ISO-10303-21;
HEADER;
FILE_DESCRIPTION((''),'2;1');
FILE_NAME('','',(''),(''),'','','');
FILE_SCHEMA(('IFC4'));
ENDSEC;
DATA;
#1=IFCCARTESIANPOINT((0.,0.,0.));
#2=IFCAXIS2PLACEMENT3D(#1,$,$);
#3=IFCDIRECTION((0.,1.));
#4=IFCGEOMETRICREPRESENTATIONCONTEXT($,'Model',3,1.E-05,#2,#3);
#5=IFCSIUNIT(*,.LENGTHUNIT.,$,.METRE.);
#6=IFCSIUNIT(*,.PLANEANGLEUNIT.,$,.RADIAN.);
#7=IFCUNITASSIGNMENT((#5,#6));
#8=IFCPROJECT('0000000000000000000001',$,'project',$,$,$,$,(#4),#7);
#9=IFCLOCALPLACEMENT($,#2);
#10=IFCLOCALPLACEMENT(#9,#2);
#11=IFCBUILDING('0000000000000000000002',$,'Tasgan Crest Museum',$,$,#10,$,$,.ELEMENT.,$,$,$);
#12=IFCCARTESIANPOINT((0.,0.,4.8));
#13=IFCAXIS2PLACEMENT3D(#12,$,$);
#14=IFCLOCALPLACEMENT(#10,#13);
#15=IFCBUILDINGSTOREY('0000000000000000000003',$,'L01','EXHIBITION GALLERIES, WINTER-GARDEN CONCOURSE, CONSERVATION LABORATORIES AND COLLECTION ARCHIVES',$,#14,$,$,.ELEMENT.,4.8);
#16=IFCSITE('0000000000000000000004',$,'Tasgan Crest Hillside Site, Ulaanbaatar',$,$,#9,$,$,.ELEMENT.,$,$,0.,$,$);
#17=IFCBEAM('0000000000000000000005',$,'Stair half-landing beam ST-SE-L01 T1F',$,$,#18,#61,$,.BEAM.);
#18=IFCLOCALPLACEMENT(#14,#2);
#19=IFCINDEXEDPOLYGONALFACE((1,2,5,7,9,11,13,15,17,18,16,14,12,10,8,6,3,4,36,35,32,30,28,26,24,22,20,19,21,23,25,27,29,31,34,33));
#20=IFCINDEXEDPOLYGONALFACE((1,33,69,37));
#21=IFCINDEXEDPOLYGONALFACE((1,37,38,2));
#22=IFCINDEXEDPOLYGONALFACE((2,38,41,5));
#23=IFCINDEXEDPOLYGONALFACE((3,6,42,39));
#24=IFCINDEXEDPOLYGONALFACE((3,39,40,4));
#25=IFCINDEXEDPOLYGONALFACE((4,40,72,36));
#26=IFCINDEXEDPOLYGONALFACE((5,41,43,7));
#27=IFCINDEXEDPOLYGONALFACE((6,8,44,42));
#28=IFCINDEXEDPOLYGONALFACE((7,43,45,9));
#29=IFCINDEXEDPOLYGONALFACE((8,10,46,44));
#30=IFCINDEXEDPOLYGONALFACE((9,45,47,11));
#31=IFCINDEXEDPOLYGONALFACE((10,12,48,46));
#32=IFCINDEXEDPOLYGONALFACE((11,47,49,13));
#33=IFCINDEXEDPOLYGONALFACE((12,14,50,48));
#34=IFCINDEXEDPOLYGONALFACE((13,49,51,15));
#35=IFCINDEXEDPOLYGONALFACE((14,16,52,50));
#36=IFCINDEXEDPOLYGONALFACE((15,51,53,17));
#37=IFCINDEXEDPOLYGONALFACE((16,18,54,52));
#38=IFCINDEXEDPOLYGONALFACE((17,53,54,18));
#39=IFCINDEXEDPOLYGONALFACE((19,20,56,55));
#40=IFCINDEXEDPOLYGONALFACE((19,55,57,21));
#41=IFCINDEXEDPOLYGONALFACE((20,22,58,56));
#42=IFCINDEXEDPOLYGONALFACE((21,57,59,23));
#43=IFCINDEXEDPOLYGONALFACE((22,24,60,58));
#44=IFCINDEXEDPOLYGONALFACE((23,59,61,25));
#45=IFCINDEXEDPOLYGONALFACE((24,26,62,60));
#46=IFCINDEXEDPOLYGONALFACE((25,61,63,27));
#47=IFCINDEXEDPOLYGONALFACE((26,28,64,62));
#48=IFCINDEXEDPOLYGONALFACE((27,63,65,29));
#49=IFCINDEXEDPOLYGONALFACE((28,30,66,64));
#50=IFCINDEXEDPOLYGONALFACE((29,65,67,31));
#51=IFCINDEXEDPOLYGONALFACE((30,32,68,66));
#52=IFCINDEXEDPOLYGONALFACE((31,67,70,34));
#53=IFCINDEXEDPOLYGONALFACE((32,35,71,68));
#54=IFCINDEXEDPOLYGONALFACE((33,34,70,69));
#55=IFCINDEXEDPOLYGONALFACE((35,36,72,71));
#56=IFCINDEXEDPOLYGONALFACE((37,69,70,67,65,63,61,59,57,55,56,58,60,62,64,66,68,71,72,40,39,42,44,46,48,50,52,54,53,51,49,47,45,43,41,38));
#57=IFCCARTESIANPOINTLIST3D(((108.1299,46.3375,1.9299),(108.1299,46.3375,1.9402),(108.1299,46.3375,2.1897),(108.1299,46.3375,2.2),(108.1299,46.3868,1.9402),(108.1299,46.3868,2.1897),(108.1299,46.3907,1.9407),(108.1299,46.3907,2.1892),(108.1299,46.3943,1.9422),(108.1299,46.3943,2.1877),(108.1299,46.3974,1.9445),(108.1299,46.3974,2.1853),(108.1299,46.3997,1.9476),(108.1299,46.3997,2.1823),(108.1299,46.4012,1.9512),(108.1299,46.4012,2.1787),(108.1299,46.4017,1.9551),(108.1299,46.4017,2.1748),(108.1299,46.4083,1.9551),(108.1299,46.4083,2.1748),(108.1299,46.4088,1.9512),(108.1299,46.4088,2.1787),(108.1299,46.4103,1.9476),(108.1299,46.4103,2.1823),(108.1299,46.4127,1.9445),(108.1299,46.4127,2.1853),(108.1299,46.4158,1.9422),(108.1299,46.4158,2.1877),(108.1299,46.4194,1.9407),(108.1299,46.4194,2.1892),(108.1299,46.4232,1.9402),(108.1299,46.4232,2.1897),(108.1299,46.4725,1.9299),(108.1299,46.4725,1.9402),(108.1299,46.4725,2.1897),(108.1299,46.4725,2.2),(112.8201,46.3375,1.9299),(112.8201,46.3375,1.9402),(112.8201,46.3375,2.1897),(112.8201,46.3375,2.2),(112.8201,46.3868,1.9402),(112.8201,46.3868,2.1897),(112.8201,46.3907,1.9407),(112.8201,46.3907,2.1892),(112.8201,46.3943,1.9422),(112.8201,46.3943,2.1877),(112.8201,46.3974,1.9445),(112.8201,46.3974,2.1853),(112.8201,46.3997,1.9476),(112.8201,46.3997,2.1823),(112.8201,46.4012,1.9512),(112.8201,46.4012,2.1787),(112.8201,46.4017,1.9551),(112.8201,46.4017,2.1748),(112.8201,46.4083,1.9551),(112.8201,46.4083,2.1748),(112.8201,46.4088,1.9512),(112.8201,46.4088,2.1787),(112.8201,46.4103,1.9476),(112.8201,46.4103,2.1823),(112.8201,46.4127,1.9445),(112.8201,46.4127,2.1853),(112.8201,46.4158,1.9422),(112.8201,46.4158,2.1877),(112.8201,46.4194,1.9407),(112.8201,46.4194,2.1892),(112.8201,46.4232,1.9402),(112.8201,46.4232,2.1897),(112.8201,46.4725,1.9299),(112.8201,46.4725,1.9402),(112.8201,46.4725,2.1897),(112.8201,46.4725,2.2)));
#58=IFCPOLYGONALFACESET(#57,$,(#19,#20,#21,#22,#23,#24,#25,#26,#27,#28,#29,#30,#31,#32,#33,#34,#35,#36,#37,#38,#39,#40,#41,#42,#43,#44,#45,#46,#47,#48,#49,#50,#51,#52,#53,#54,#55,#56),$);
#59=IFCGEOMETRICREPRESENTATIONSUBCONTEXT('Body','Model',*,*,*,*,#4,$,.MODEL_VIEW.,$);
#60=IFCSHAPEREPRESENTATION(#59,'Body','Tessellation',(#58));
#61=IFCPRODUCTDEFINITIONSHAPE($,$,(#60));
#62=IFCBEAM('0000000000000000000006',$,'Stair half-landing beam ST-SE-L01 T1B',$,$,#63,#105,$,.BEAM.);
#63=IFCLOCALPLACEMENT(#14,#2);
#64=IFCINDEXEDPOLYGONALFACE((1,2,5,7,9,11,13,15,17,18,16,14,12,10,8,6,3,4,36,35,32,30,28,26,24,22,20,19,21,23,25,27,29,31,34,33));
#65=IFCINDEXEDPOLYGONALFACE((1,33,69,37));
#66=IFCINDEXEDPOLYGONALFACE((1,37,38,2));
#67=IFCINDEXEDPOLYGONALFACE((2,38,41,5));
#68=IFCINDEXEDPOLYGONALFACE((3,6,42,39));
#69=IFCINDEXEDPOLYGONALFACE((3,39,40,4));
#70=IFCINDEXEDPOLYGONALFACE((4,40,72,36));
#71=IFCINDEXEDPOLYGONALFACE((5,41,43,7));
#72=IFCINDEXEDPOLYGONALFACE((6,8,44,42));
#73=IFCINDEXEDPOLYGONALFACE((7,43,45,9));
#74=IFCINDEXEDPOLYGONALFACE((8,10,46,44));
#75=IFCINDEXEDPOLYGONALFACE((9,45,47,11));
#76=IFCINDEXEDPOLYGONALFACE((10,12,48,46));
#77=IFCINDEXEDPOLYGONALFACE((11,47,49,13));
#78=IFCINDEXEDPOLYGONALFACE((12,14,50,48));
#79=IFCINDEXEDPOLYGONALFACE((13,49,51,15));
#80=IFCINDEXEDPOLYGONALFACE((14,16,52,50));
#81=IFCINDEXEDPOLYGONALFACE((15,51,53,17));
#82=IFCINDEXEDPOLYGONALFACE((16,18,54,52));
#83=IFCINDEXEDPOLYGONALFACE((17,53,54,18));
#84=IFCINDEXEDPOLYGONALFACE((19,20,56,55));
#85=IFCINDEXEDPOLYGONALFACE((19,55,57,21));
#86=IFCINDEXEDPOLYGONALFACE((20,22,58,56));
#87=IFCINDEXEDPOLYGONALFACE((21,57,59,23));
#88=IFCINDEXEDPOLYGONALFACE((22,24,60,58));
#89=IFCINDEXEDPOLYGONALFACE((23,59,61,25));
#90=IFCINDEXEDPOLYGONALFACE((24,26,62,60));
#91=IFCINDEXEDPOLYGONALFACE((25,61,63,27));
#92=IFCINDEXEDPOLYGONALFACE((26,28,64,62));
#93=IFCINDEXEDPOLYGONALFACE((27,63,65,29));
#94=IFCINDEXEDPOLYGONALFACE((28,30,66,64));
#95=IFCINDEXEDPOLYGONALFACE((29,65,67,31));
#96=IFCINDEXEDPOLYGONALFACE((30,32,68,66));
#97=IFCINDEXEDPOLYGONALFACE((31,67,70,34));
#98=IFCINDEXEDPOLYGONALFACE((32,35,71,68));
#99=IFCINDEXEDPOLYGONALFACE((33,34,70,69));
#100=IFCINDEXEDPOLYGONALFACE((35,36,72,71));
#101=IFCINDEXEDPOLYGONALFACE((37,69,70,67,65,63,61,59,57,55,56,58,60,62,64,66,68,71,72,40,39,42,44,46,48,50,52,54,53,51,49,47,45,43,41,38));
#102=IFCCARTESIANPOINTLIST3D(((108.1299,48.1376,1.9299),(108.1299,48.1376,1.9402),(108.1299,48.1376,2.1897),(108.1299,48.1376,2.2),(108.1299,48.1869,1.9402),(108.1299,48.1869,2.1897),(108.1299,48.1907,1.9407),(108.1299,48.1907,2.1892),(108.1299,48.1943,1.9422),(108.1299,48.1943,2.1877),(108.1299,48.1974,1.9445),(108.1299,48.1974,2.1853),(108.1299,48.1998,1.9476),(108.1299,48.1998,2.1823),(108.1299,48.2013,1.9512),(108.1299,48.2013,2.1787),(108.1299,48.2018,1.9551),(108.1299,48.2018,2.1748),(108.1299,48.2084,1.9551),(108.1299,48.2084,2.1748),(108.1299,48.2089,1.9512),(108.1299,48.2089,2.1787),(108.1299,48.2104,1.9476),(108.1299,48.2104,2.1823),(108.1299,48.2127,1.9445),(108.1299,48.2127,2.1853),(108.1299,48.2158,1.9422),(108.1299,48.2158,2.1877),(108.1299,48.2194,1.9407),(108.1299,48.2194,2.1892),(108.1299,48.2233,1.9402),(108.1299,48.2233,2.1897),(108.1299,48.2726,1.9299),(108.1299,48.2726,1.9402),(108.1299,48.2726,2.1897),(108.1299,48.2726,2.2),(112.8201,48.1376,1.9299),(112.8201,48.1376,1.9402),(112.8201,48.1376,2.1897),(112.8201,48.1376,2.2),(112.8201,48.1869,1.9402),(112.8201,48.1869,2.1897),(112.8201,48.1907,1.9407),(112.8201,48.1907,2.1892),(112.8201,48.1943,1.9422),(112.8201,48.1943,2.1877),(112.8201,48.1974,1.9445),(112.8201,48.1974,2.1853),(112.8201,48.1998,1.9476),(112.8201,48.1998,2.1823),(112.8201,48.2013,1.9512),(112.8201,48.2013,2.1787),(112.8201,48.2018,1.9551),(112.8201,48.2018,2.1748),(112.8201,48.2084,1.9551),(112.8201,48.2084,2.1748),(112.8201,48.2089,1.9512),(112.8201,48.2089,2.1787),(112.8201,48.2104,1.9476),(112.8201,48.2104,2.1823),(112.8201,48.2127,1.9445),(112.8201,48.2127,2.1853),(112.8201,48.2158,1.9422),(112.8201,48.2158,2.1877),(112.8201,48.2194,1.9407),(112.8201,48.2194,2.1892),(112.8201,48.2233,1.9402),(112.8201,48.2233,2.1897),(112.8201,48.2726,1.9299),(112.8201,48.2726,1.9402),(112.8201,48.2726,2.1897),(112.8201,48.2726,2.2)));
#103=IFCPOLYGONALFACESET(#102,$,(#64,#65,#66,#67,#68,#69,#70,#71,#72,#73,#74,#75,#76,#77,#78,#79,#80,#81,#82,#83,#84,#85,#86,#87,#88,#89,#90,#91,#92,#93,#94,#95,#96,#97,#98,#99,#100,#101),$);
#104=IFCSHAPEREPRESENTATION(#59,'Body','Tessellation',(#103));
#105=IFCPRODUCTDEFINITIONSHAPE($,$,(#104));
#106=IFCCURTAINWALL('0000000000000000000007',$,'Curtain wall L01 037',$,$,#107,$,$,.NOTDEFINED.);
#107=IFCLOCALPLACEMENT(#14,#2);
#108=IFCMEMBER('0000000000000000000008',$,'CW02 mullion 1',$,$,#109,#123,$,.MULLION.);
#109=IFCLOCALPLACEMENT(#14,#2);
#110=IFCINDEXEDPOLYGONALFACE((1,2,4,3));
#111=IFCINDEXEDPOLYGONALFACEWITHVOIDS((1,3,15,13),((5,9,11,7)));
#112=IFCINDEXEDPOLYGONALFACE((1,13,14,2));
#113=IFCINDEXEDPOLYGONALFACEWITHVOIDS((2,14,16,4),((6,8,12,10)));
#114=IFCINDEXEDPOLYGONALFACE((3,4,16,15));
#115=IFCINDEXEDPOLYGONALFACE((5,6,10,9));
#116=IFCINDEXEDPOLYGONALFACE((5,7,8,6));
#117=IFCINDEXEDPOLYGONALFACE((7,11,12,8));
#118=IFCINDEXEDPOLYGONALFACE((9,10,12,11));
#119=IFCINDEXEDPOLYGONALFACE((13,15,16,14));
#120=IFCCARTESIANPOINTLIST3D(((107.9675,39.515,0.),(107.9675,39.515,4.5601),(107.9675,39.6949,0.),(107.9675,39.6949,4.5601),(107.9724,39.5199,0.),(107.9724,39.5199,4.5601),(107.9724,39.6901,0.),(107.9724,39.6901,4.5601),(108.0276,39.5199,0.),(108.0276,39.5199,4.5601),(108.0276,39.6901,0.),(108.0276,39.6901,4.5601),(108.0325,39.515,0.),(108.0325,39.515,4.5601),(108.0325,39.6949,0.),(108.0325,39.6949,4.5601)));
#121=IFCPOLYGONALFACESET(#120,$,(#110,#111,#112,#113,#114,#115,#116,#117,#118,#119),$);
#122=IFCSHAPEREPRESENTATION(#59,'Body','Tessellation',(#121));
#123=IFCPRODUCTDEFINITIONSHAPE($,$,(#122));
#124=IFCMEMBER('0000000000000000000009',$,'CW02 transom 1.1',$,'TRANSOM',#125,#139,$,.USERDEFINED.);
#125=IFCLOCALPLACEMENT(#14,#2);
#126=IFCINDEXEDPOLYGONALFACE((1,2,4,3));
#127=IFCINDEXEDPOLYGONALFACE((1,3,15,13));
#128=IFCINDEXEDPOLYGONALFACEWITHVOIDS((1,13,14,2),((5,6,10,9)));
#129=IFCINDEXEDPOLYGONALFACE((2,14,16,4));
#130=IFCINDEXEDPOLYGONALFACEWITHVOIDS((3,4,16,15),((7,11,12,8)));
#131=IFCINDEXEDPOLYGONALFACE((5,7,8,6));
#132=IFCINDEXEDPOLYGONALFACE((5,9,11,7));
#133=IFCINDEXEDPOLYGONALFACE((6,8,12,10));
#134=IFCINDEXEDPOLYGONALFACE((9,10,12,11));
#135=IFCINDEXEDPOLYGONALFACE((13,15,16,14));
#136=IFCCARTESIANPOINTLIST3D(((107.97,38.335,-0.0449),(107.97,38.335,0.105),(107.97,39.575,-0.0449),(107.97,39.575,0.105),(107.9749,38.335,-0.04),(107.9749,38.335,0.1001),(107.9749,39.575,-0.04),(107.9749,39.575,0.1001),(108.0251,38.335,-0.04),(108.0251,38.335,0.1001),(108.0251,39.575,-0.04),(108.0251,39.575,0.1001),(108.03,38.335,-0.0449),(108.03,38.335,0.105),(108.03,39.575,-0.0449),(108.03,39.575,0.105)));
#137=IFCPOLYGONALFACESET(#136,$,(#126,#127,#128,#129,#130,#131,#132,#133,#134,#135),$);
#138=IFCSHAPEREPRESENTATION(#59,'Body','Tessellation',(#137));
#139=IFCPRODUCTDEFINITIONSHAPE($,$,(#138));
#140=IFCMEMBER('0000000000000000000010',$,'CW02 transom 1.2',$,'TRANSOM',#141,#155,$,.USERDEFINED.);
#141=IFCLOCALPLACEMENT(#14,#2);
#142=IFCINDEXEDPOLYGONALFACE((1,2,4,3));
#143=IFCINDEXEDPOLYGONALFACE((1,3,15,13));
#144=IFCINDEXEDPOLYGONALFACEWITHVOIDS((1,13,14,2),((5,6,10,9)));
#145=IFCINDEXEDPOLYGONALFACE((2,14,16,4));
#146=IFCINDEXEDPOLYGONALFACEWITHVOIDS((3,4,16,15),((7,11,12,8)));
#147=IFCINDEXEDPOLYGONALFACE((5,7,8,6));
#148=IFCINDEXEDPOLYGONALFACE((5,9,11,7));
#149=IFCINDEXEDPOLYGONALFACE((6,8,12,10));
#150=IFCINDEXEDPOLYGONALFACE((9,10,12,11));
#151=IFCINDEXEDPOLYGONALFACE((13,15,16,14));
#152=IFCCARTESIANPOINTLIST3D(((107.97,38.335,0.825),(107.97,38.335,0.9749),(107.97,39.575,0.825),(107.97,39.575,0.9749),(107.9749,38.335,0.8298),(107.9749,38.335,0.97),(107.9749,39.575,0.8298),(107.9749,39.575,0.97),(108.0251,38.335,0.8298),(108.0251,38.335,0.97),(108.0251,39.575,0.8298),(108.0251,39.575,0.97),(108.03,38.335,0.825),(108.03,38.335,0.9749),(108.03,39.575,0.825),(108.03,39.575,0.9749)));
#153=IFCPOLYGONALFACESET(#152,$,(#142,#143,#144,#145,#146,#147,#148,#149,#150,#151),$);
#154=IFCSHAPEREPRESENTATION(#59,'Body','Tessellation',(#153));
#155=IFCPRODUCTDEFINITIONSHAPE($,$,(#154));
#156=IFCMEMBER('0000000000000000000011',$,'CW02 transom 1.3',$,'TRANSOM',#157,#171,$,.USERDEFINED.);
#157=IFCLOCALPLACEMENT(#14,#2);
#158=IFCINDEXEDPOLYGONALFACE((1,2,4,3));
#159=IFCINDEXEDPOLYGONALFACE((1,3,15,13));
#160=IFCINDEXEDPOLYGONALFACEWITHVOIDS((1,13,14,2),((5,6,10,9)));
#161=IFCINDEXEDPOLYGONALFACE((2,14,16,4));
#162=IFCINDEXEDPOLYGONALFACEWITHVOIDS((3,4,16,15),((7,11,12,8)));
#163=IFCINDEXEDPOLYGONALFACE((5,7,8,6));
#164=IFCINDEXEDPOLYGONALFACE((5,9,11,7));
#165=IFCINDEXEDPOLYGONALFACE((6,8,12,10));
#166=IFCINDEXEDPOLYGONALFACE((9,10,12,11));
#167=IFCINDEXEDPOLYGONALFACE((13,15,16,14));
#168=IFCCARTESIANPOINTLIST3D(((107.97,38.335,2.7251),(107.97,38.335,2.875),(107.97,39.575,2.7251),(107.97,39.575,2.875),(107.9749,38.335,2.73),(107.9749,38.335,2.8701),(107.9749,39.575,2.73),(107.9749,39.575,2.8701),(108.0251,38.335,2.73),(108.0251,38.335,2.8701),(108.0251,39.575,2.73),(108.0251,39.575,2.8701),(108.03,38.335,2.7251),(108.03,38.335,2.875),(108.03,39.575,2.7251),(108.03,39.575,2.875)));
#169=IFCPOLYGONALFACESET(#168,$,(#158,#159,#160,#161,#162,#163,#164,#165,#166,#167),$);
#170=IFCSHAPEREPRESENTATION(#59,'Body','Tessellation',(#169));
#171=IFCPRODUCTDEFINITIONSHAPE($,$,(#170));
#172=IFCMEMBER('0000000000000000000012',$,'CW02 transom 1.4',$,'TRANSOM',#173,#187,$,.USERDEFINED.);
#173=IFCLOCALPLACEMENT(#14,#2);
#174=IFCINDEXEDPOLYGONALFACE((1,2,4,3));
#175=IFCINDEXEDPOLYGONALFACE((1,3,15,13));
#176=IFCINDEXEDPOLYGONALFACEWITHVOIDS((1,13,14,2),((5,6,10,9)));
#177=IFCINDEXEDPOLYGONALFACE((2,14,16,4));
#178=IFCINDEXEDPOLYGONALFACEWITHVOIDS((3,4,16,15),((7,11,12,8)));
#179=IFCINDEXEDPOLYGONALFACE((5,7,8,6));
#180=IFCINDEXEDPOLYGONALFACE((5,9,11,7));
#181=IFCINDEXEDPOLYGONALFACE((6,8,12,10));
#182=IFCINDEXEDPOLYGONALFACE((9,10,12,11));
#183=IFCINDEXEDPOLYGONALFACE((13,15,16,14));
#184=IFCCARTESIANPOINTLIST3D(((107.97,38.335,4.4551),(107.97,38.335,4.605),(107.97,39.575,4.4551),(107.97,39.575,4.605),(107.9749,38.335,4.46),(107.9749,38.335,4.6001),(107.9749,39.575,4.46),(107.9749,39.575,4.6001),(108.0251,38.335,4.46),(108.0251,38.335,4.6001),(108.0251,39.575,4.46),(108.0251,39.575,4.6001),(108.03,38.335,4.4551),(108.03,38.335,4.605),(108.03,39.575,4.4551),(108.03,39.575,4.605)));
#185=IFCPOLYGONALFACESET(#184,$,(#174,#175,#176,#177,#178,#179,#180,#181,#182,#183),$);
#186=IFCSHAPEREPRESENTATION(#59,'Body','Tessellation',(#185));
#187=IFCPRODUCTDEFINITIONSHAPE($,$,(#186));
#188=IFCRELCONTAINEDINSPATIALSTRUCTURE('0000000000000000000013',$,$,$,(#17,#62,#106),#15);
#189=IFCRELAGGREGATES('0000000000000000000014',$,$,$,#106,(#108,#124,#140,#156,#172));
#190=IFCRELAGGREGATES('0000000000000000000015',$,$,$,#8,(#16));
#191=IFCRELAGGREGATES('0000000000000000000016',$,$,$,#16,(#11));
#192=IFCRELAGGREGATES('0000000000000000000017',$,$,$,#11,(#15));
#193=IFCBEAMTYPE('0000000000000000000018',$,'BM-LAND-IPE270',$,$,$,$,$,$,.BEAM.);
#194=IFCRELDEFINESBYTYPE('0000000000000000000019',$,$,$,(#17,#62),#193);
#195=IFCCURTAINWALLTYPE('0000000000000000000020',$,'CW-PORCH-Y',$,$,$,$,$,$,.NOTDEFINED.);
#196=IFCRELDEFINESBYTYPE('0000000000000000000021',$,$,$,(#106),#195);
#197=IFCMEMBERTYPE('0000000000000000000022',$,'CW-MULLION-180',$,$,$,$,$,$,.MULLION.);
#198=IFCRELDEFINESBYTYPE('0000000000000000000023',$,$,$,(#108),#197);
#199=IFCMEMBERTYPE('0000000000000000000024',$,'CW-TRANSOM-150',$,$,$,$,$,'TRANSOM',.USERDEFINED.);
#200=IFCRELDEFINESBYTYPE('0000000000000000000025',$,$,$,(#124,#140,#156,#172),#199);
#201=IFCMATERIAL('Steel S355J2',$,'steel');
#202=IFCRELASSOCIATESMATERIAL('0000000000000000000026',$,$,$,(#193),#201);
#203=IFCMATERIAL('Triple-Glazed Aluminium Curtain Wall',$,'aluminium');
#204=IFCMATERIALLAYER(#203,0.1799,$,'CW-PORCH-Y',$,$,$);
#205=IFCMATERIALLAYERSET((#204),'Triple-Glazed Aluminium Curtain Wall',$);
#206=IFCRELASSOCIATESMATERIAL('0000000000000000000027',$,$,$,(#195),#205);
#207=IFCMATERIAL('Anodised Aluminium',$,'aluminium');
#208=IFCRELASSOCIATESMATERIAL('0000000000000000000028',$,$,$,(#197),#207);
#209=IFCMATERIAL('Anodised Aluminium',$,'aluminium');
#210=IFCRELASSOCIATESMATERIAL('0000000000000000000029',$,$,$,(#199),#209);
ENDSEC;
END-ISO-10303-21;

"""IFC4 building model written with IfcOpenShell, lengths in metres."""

from ifc_helpers import new_model, si_unit, direction, frame, origin, origin_2d, place, context, subcontext, project, spatial, hollow_rectangle, i_section, extrude, material, layer, layer_set, material_profile, profile_set, type_object, element, aggregate, save


model = new_model("IFC4")

# Units and contexts
model_context = context("Model", 3, precision=1e-05, world=origin(), true_north=direction((0.0, 1.0)))
body_context = subcontext(model_context, "Body", "Model", "MODEL_VIEW")
ifc_project = project(units=[si_unit("LENGTHUNIT", "METRE"), si_unit("PLANEANGLEUNIT", "RADIAN")], contexts=[model_context])

# Site, building, storey
site_placement = place(None, origin())
site = spatial("IfcSite", under=ifc_project, at=site_placement, Name="Tasgan Crest Hillside Site, Ulaanbaatar", CompositionType="ELEMENT", RefElevation=0.0)
building_placement = place(site_placement, origin())
building = spatial("IfcBuilding", under=site, at=building_placement, Name="Tasgan Crest Museum", CompositionType="ELEMENT")
storey_placement = place(building_placement, frame((0.0, 0.0, 4.8)))
storey = spatial("IfcBuildingStorey", under=building, at=storey_placement, Name="L01", Description="EXHIBITION GALLERIES, WINTER-GARDEN CONCOURSE, CONSERVATION LABORATORIES AND COLLECTION ARCHIVES", CompositionType="ELEMENT", Elevation=4.8)

# Beams
ifc_material_1 = material(Name="Steel S355J2", Category="steel")
ifc_material_profile_1 = material_profile(ifc_material_1, i_section(OverallWidth=0.135, OverallDepth=0.27, WebThickness=0.0066, FlangeThickness=0.0103, FilletRadius=0.0149, at=origin_2d()), Name="IPE 270")
ifc_profile_set_1 = profile_set([ifc_material_profile_1], Name="Steel S355J2")
beam_type_1 = type_object("IfcBeamType", Name="BM-LAND-IPE270", PredefinedType="BEAM", material=ifc_profile_set_1)
for number, where, z_axis, x_axis, name in (
    (1, (108.1299, 46.405, 2.0649), (1.0, 0.0, 0.0), (0.0, 1.0, 0.0), "Stair half-landing beam ST-SE-L01 T1F"),
    (2, (108.1299, 48.2051, 2.0649), (1.0, 0.0, 0.0), (0.0, 1.0, 0.0), "Stair half-landing beam ST-SE-L01 T1B"),
):
    element("IfcBeam", number, at=place(storey_placement, frame(where, z_axis=z_axis, x_axis=x_axis)), inside=storey, type_object=beam_type_1, Name=name, PredefinedType="BEAM", context=body_context, shape_type="SweptSolid", body=[
        extrude(i_section(OverallWidth=0.135, OverallDepth=0.27, WebThickness=0.0066, FlangeThickness=0.0103, FilletRadius=0.0149, at=origin_2d()), origin(), (0.0, 0.0, 1.0), 4.6902),
    ])

# Curtain wall, members
ifc_material_2 = material(Name="Triple-Glazed Aluminium Curtain Wall", Category="aluminium")
ifc_layer_1 = layer(ifc_material_2, 0.1799, Name="CW-PORCH-Y")
ifc_layer_set_1 = layer_set([ifc_layer_1], Name="Triple-Glazed Aluminium Curtain Wall")
curtain_wall_type = type_object("IfcCurtainWallType", Name="CW-PORCH-Y", PredefinedType="NOTDEFINED", material=ifc_layer_set_1)
curtain_wall_placement = place(storey_placement, origin())
curtain_wall = element("IfcCurtainWall", 3, at=curtain_wall_placement, inside=storey, type_object=curtain_wall_type, Name="Curtain wall L01 037", PredefinedType="NOTDEFINED")
ifc_material_3 = material(Name="Anodised Aluminium", Category="aluminium")
ifc_material_profile_2 = material_profile(ifc_material_3, hollow_rectangle(XDim=0.0649, YDim=0.1799, WallThickness=0.0049, at=origin_2d()), Name="ALU MULLION 180x65x5")
ifc_profile_set_2 = profile_set([ifc_material_profile_2], Name="Anodised Aluminium")
member_type_1 = type_object("IfcMemberType", Name="CW-MULLION-180", PredefinedType="MULLION", material=ifc_profile_set_2)
member_1_placement = place(storey_placement, frame((108.0, 39.605, 0.0), z_axis=(0.0, 0.0, 1.0), x_axis=(1.0, 0.0, 0.0)))
member_1 = element("IfcMember", 4, at=member_1_placement, type_object=member_type_1, Name="CW02 mullion 1", PredefinedType="MULLION", context=body_context, shape_type="SweptSolid", body=[
    extrude(hollow_rectangle(XDim=0.0649, YDim=0.1799, WallThickness=0.0049, at=origin_2d()), origin(), (0.0, 0.0, 1.0), 4.5601),
])
ifc_material_4 = material(Name="Anodised Aluminium", Category="aluminium")
ifc_material_profile_3 = material_profile(ifc_material_4, hollow_rectangle(XDim=0.0601, YDim=0.1499, WallThickness=0.0049, at=origin_2d()), Name="ALU TRANSOM 150x60x5")
ifc_profile_set_3 = profile_set([ifc_material_profile_3], Name="Anodised Aluminium")
member_type_2 = type_object("IfcMemberType", Name="CW-TRANSOM-150", ElementType="TRANSOM", PredefinedType="USERDEFINED", material=ifc_profile_set_3)
member_2_placement = place(storey_placement, frame((108.0, 39.575, 0.03), z_axis=(0.0, -1.0, 0.0), x_axis=(1.0, 0.0, 0.0)))
member_2 = element("IfcMember", 5, at=member_2_placement, type_object=member_type_2, Name="CW02 transom 1.1", ObjectType="TRANSOM", PredefinedType="USERDEFINED", context=body_context, shape_type="SweptSolid", body=[
    extrude(hollow_rectangle(XDim=0.0601, YDim=0.1499, WallThickness=0.0049, at=origin_2d()), origin(), (0.0, 0.0, 1.0), 1.24),
])
member_3_placement = place(storey_placement, frame((108.0, 39.575, 0.8999), z_axis=(0.0, -1.0, 0.0), x_axis=(1.0, 0.0, 0.0)))
member_3 = element("IfcMember", 6, at=member_3_placement, type_object=member_type_2, Name="CW02 transom 1.2", ObjectType="TRANSOM", PredefinedType="USERDEFINED", context=body_context, shape_type="SweptSolid", body=[
    extrude(hollow_rectangle(XDim=0.0601, YDim=0.1499, WallThickness=0.0049, at=origin_2d()), origin(), (0.0, 0.0, 1.0), 1.24),
])
member_4_placement = place(storey_placement, frame((108.0, 39.575, 2.8), z_axis=(0.0, -1.0, 0.0), x_axis=(1.0, 0.0, 0.0)))
member_4 = element("IfcMember", 7, at=member_4_placement, type_object=member_type_2, Name="CW02 transom 1.3", ObjectType="TRANSOM", PredefinedType="USERDEFINED", context=body_context, shape_type="SweptSolid", body=[
    extrude(hollow_rectangle(XDim=0.0601, YDim=0.1499, WallThickness=0.0049, at=origin_2d()), origin(), (0.0, 0.0, 1.0), 1.24),
])
member_5_placement = place(storey_placement, frame((108.0, 39.575, 4.53), z_axis=(0.0, -1.0, 0.0), x_axis=(1.0, 0.0, 0.0)))
member_5 = element("IfcMember", 8, at=member_5_placement, type_object=member_type_2, Name="CW02 transom 1.4", ObjectType="TRANSOM", PredefinedType="USERDEFINED", context=body_context, shape_type="SweptSolid", body=[
    extrude(hollow_rectangle(XDim=0.0601, YDim=0.1499, WallThickness=0.0049, at=origin_2d()), origin(), (0.0, 0.0, 1.0), 1.24),
])
aggregate(curtain_wall, [member_1, member_2, member_3, member_4, member_5])

save(model, "model.ifc")
